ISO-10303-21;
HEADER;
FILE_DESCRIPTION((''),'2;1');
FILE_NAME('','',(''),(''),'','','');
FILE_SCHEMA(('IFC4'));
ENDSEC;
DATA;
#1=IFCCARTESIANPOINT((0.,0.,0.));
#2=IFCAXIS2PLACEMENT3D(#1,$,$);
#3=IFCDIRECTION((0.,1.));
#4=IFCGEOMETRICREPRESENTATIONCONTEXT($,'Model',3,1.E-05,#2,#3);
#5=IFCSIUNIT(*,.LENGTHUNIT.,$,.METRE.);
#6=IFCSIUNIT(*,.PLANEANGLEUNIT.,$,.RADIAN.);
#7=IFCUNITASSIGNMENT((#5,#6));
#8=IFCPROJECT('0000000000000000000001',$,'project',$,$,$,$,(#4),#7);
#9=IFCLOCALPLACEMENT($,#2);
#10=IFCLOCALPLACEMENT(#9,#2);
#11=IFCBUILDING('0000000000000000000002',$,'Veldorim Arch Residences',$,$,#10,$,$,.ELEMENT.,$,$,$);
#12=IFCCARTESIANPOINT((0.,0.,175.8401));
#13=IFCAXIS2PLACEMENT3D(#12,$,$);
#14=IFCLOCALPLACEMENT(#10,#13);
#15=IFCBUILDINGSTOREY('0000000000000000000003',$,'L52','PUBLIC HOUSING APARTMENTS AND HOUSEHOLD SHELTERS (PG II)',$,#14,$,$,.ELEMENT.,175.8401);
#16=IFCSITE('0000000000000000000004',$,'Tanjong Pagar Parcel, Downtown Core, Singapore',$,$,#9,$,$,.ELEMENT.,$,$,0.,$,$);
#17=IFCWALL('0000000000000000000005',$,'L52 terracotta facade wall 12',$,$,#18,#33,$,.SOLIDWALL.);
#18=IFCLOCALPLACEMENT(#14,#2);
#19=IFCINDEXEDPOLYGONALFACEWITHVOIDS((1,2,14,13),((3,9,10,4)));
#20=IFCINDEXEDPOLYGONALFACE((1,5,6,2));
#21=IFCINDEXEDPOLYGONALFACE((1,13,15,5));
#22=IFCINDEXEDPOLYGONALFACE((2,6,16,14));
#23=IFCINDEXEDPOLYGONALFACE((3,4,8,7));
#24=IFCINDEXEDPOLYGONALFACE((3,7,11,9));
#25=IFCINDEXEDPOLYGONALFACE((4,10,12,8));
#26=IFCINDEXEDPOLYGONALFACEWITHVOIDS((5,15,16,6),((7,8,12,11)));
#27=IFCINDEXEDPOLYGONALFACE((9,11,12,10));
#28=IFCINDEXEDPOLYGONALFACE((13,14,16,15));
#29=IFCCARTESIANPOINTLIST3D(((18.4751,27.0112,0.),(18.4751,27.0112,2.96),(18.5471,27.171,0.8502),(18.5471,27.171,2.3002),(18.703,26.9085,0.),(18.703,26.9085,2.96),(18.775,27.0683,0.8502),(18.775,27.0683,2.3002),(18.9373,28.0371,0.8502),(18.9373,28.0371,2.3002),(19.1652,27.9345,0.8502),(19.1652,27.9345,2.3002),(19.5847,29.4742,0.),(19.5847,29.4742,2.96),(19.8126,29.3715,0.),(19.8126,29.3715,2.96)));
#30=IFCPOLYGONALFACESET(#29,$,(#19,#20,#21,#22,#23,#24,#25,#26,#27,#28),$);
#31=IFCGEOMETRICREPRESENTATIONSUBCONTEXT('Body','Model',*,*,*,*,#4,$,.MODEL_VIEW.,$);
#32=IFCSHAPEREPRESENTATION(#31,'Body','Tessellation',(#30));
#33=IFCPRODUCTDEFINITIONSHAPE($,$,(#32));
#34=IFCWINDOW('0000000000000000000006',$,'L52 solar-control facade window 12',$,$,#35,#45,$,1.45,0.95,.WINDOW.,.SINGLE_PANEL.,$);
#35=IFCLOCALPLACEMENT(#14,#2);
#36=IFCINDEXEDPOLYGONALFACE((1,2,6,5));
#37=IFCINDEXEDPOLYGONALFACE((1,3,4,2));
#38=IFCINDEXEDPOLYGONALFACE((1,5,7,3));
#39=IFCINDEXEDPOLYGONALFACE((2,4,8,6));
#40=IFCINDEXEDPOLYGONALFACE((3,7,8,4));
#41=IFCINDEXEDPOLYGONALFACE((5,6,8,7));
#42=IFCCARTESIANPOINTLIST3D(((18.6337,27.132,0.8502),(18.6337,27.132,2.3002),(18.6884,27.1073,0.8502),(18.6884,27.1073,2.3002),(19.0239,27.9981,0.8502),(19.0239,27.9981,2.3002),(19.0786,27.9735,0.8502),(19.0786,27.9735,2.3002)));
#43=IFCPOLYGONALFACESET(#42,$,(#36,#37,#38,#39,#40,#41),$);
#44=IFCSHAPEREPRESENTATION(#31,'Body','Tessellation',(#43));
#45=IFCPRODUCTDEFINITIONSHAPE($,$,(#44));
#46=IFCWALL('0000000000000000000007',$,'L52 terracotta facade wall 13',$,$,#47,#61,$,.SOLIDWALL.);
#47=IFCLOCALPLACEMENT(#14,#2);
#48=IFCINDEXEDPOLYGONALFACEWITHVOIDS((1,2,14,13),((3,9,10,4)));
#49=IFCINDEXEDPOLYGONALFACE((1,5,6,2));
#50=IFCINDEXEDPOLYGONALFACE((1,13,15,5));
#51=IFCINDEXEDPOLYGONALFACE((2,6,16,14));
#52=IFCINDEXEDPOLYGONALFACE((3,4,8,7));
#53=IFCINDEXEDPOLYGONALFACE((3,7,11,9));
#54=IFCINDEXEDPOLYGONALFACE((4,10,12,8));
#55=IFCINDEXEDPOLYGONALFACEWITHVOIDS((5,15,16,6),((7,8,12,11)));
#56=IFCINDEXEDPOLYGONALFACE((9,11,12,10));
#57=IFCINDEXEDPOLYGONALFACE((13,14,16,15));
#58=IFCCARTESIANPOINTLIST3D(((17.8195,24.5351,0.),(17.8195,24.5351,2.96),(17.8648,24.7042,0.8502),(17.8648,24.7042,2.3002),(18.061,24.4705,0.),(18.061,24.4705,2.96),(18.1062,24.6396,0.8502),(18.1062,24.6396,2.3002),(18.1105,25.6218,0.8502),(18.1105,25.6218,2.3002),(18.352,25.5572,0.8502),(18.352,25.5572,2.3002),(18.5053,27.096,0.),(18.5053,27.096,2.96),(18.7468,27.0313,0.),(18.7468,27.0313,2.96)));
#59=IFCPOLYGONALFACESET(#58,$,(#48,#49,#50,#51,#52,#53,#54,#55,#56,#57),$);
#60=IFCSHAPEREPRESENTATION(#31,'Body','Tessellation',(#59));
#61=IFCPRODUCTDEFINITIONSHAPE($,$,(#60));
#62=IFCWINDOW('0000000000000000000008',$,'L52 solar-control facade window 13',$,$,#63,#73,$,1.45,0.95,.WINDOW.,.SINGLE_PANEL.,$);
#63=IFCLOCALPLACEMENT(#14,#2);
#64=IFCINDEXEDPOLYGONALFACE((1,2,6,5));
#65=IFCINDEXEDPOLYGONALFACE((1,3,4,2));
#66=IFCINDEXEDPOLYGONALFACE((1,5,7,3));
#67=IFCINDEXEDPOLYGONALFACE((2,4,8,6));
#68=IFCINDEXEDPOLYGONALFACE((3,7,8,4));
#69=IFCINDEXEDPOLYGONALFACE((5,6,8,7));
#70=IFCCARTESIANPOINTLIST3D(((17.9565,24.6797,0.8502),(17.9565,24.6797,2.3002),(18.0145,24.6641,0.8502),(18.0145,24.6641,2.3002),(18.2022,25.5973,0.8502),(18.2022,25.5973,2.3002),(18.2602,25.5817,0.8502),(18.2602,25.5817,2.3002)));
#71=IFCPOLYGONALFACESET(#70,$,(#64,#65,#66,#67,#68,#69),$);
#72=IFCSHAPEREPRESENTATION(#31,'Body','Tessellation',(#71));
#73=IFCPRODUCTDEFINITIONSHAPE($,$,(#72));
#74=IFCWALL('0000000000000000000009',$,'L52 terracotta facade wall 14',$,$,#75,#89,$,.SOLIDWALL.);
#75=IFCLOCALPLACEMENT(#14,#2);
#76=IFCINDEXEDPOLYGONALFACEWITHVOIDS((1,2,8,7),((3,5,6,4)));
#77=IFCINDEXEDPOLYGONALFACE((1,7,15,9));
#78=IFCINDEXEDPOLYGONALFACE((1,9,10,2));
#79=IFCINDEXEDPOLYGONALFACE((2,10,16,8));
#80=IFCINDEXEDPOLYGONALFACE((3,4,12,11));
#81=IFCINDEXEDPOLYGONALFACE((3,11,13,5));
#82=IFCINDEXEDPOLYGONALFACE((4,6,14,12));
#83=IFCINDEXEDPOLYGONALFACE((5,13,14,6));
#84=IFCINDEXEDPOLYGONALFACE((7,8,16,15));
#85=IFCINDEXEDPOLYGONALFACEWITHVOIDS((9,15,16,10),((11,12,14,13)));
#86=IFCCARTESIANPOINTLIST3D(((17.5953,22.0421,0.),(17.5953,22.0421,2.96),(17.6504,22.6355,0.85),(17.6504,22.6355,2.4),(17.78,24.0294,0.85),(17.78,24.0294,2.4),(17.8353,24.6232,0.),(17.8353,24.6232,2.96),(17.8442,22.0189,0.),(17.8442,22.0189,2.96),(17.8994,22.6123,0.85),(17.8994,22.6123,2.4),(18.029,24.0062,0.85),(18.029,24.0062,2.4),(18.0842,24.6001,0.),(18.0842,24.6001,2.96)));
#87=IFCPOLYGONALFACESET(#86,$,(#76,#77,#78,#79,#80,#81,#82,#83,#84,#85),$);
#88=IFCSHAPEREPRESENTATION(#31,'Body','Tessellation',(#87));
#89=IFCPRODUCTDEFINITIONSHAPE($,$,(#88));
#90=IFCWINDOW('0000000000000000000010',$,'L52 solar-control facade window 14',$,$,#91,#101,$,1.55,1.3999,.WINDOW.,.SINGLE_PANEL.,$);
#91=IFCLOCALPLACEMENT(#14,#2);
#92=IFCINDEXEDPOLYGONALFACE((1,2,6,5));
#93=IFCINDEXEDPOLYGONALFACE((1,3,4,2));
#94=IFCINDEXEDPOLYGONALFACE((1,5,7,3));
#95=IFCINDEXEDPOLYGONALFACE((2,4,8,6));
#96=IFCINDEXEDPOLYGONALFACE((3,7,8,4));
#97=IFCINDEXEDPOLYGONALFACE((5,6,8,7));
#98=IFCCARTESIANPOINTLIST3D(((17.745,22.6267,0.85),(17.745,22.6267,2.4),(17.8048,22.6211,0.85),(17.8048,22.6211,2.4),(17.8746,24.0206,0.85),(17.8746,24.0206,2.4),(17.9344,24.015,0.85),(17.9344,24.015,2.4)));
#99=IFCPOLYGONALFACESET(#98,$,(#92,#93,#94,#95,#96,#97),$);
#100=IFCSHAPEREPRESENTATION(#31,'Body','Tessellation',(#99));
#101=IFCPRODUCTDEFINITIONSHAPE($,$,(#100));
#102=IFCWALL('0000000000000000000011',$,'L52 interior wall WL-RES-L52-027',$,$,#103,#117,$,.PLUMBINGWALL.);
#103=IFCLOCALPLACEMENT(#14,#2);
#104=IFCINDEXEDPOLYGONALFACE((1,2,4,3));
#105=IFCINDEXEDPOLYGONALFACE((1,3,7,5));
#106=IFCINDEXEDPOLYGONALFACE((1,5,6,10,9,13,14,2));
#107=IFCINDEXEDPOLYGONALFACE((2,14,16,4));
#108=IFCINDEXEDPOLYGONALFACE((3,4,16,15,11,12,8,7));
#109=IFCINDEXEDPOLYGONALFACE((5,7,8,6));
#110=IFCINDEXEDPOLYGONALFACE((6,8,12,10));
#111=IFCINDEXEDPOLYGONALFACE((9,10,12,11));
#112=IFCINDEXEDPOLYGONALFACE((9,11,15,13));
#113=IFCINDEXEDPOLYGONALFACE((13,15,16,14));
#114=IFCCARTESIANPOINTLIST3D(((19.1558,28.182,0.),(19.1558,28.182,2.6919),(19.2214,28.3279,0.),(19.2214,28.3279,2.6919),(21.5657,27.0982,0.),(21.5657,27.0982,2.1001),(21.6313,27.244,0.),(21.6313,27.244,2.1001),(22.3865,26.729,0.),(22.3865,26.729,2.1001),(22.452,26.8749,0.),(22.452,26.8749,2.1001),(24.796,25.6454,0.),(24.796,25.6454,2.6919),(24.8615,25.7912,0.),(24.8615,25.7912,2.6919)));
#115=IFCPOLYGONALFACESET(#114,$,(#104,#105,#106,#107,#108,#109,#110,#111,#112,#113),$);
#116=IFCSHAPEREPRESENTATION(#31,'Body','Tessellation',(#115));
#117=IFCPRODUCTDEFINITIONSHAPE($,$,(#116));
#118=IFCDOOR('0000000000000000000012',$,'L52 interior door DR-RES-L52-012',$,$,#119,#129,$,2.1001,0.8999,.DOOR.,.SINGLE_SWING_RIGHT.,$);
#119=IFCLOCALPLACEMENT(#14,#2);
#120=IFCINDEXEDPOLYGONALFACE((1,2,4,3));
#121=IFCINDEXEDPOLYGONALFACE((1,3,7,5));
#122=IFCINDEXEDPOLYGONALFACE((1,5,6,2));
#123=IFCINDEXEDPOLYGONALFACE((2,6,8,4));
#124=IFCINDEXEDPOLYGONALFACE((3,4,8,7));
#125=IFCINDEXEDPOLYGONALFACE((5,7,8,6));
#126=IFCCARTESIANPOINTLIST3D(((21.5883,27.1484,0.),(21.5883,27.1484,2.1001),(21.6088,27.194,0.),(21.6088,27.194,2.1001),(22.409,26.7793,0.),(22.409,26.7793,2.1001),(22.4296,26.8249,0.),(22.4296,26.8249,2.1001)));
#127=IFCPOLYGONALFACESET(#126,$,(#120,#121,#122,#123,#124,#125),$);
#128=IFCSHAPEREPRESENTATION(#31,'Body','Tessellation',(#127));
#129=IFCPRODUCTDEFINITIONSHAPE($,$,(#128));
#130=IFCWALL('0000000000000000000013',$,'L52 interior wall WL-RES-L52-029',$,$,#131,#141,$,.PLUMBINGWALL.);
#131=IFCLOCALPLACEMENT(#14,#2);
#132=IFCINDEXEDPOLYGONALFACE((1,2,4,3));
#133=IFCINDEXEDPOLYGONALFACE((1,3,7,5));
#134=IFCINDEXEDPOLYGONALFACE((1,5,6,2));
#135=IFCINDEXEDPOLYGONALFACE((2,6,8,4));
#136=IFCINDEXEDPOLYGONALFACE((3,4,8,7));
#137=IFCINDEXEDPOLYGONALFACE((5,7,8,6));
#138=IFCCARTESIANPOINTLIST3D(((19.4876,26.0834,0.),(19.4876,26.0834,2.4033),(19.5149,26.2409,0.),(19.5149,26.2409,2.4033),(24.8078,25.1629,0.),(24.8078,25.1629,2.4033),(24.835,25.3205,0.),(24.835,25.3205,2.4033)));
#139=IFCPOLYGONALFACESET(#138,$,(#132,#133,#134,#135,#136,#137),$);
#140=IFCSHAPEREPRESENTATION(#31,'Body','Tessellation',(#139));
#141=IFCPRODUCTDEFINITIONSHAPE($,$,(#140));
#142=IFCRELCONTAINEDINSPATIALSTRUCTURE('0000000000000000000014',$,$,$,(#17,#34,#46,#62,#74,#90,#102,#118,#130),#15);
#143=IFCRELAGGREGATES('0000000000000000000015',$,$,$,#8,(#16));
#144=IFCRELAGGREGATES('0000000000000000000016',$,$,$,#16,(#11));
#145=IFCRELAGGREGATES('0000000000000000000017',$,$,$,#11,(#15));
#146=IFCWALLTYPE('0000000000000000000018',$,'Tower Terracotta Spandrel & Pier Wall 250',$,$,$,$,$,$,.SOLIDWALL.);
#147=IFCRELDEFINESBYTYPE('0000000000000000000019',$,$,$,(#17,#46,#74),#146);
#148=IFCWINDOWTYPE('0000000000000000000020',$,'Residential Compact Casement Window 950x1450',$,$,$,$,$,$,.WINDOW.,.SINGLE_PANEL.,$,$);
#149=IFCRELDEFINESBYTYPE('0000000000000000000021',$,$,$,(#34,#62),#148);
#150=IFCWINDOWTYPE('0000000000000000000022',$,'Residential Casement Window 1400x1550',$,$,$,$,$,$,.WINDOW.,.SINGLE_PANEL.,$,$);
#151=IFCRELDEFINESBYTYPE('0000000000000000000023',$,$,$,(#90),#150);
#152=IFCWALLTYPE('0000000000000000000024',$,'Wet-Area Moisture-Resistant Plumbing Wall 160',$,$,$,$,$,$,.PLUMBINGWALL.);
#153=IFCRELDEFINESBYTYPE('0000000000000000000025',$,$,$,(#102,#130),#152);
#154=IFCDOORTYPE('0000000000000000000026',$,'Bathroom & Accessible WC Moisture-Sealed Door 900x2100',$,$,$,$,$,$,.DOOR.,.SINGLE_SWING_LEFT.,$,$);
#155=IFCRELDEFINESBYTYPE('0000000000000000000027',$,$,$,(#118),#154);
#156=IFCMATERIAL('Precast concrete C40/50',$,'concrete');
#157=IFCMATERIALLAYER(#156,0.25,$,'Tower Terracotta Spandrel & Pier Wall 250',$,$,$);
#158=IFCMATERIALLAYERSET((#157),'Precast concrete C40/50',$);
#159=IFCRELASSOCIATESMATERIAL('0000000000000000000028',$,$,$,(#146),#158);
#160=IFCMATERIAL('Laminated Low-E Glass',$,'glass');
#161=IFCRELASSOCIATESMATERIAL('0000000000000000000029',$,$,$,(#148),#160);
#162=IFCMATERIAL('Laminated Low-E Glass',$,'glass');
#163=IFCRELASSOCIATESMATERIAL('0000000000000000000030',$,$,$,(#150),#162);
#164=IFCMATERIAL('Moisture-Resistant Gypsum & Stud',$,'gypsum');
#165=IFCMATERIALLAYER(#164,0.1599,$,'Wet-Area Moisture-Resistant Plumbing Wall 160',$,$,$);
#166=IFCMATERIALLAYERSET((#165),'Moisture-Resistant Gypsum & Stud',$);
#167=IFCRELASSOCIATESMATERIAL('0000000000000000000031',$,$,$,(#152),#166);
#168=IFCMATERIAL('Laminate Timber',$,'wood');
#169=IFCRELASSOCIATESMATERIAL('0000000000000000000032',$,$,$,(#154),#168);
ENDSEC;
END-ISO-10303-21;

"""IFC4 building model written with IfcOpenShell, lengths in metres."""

from ifc_helpers import new_model, si_unit, direction, frame, frame_2d, origin, place, context, subcontext, project, spatial, rectangle, extrude, material, layer, layer_set, type_object, element, fill, save


model = new_model("IFC4")

# Units and contexts
model_context = context("Model", 3, precision=1e-05, world=origin(), true_north=direction((0.0, 1.0)))
body_context = subcontext(model_context, "Body", "Model", "MODEL_VIEW")
ifc_project = project(units=[si_unit("LENGTHUNIT", "METRE"), si_unit("PLANEANGLEUNIT", "RADIAN")], contexts=[model_context])

# Site, building, storey
site_placement = place(None, origin())
site = spatial("IfcSite", under=ifc_project, at=site_placement, Name="Tanjong Pagar Parcel, Downtown Core, Singapore", CompositionType="ELEMENT", RefElevation=0.0)
building_placement = place(site_placement, origin())
building = spatial("IfcBuilding", under=site, at=building_placement, Name="Veldorim Arch Residences", CompositionType="ELEMENT")
storey_placement = place(building_placement, frame((0.0, 0.0, 175.8401)))
storey = spatial("IfcBuildingStorey", under=building, at=storey_placement, Name="L52", Description="PUBLIC HOUSING APARTMENTS AND HOUSEHOLD SHELTERS (PG II)", CompositionType="ELEMENT", Elevation=175.8401)

# Shared definitions
ifc_material_1 = material(Name="Precast concrete C40/50", Category="concrete")
ifc_layer_1 = layer(ifc_material_1, 0.25, Name="Tower Terracotta Spandrel & Pier Wall 250")
ifc_layer_set_1 = layer_set([ifc_layer_1], Name="Precast concrete C40/50")
wall_type_1 = type_object("IfcWallType", Name="Tower Terracotta Spandrel & Pier Wall 250", PredefinedType="SOLIDWALL", material=ifc_layer_set_1)

# Walls, openings, windows
wall_1_placement = place(storey_placement, frame((18.5891, 26.96, 0.0), z_axis=(0.0, 0.0, 1.0), x_axis=(0.410737, 0.911754, 0.0)))
wall_1 = element("IfcWall", 1, at=wall_1_placement, inside=storey, type_object=wall_type_1, Name="L52 terracotta facade wall 12", PredefinedType="SOLIDWALL", context=body_context, shape_type="SweptSolid", body=[
    extrude(rectangle(XDim=2.7014, YDim=0.25, at=frame_2d((1.3506, 0.0))), origin(), (0.0, 0.0, 1.0), 2.96),
])
opening_1_placement = place(wall_1_placement, frame((0.175, 0.0, 0.8501)))
opening_1 = element("IfcOpeningElement", 2, at=opening_1_placement, cuts=wall_1, PredefinedType="OPENING", context=body_context, shape_type="SweptSolid", body=[
    extrude(rectangle(XDim=0.95, YDim=1.45, at=frame_2d((0.4751, 0.7251))), frame((0.0, 0.135, 0.0), z_axis=(0.0, -1.0, 0.0), x_axis=(1.0, 0.0, 0.0)), (0.0, 0.0, 1.0), 0.27),
])
ifc_material_2 = material(Name="Laminated Low-E Glass", Category="glass")
window_type_1 = type_object("IfcWindowType", Name="Residential Compact Casement Window 950x1450", PartitioningType="SINGLE_PANEL", PredefinedType="WINDOW", material=ifc_material_2)
window_1_placement = place(opening_1_placement, origin())
window_1 = element("IfcWindow", 3, at=window_1_placement, inside=storey, type_object=window_type_1, Name="L52 solar-control facade window 12", OverallHeight=1.45, OverallWidth=0.95, PartitioningType="SINGLE_PANEL", PredefinedType="WINDOW", context=body_context, shape_type="SweptSolid", body=[
    extrude(rectangle(XDim=0.95, YDim=1.45, at=frame_2d((0.4751, 0.7251))), frame((0.0, 0.03, 0.0), z_axis=(0.0, -1.0, 0.0), x_axis=(1.0, 0.0, 0.0)), (0.0, 0.0, 1.0), 0.0601),
])
fill(opening_1, window_1)
wall_2_placement = place(storey_placement, frame((17.9402, 24.5027, 0.0), z_axis=(0.0, 0.0, 1.0), x_axis=(0.258689, 0.965961, 0.0)))
wall_2 = element("IfcWall", 4, at=wall_2_placement, inside=storey, type_object=wall_type_1, Name="L52 terracotta facade wall 13", PredefinedType="SOLIDWALL", context=body_context, shape_type="SweptSolid", body=[
    extrude(rectangle(XDim=2.6511, YDim=0.25, at=frame_2d((1.3257, 0.0))), origin(), (0.0, 0.0, 1.0), 2.96),
])
opening_2_placement = place(wall_2_placement, frame((0.175, 0.0, 0.8501)))
opening_2 = element("IfcOpeningElement", 5, at=opening_2_placement, cuts=wall_2, PredefinedType="OPENING", context=body_context, shape_type="SweptSolid", body=[
    extrude(rectangle(XDim=0.95, YDim=1.45, at=frame_2d((0.4751, 0.7251))), frame((0.0, 0.135, 0.0), z_axis=(0.0, -1.0, 0.0), x_axis=(1.0, 0.0, 0.0)), (0.0, 0.0, 1.0), 0.27),
])
window_2_placement = place(opening_2_placement, origin())
window_2 = element("IfcWindow", 6, at=window_2_placement, inside=storey, type_object=window_type_1, Name="L52 solar-control facade window 13", OverallHeight=1.45, OverallWidth=0.95, PartitioningType="SINGLE_PANEL", PredefinedType="WINDOW", context=body_context, shape_type="SweptSolid", body=[
    extrude(rectangle(XDim=0.95, YDim=1.45, at=frame_2d((0.4751, 0.7251))), frame((0.0, 0.03, 0.0), z_axis=(0.0, -1.0, 0.0), x_axis=(1.0, 0.0, 0.0)), (0.0, 0.0, 1.0), 0.0601),
])
fill(opening_2, window_2)
wall_3_placement = place(storey_placement, frame((17.7197, 22.0305, 0.0), z_axis=(0.0, 0.0, 1.0), x_axis=(0.092582, 0.995705, 0.0)))
wall_3 = element("IfcWall", 7, at=wall_3_placement, inside=storey, type_object=wall_type_1, Name="L52 terracotta facade wall 14", PredefinedType="SOLIDWALL", context=body_context, shape_type="SweptSolid", body=[
    extrude(rectangle(XDim=2.5923, YDim=0.25, at=frame_2d((1.2961, 0.0))), origin(), (0.0, 0.0, 1.0), 2.96),
])
opening_3_placement = place(wall_3_placement, frame((0.5959, 0.0, 0.8501)))
opening_3 = element("IfcOpeningElement", 8, at=opening_3_placement, cuts=wall_3, PredefinedType="OPENING", context=body_context, shape_type="SweptSolid", body=[
    extrude(rectangle(XDim=1.3999, YDim=1.55, at=frame_2d((0.7, 0.7749))), frame((0.0, 0.135, 0.0), z_axis=(0.0, -1.0, 0.0), x_axis=(1.0, 0.0, 0.0)), (0.0, 0.0, 1.0), 0.27),
])
ifc_material_3 = material(Name="Laminated Low-E Glass", Category="glass")
window_type_2 = type_object("IfcWindowType", Name="Residential Casement Window 1400x1550", PartitioningType="SINGLE_PANEL", PredefinedType="WINDOW", material=ifc_material_3)
window_3_placement = place(opening_3_placement, origin())
window_3 = element("IfcWindow", 9, at=window_3_placement, inside=storey, type_object=window_type_2, Name="L52 solar-control facade window 14", OverallHeight=1.55, OverallWidth=1.3999, PartitioningType="SINGLE_PANEL", PredefinedType="WINDOW", context=body_context, shape_type="SweptSolid", body=[
    extrude(rectangle(XDim=1.3999, YDim=1.55, at=frame_2d((0.7, 0.7749))), frame((0.0, 0.03, 0.0), z_axis=(0.0, -1.0, 0.0), x_axis=(1.0, 0.0, 0.0)), (0.0, 0.0, 1.0), 0.0601),
])
fill(opening_3, window_3)

# Wall, opening, door
ifc_material_4 = material(Name="Moisture-Resistant Gypsum & Stud", Category="gypsum")
ifc_layer_2 = layer(ifc_material_4, 0.1599, Name="Wet-Area Moisture-Resistant Plumbing Wall 160")
ifc_layer_set_2 = layer_set([ifc_layer_2], Name="Moisture-Resistant Gypsum & Stud")
wall_type_2 = type_object("IfcWallType", Name="Wet-Area Moisture-Resistant Plumbing Wall 160", PredefinedType="PLUMBINGWALL", material=ifc_layer_set_2)
wall_4_placement = place(storey_placement, frame((24.8289, 25.7183, 0.0), z_axis=(0.0, 0.0, 1.0), x_axis=(-0.912009, 0.410171, 0.0)))
wall_4 = element("IfcWall", 10, at=wall_4_placement, inside=storey, type_object=wall_type_2, Name="L52 interior wall WL-RES-L52-027", PredefinedType="PLUMBINGWALL", context=body_context, shape_type="SweptSolid", body=[
    extrude(rectangle(XDim=6.1843, YDim=0.1599, at=frame_2d((3.0923, 0.0))), origin(), (0.0, 0.0, 1.0), 2.6919),
])
opening_4_placement = place(wall_4_placement, frame((2.6421, 0.0, 0.0)))
opening_4 = element("IfcOpeningElement", 11, at=opening_4_placement, cuts=wall_4, PredefinedType="OPENING", context=body_context, shape_type="SweptSolid", body=[
    extrude(rectangle(XDim=0.8999, YDim=2.1001, at=frame_2d((0.45, 1.05))), frame((0.0, 0.0898, 0.0), z_axis=(0.0, -1.0, 0.0), x_axis=(1.0, 0.0, 0.0)), (0.0, 0.0, 1.0), 0.1799),
])
ifc_material_5 = material(Name="Laminate Timber", Category="wood")
door_type = type_object("IfcDoorType", Name="Bathroom & Accessible WC Moisture-Sealed Door 900x2100", OperationType="SINGLE_SWING_LEFT", PredefinedType="DOOR", material=ifc_material_5)
door_placement = place(opening_4_placement, origin())
door = element("IfcDoor", 12, at=door_placement, inside=storey, type_object=door_type, Name="L52 interior door DR-RES-L52-012", OperationType="SINGLE_SWING_RIGHT", OverallHeight=2.1001, OverallWidth=0.8999, PredefinedType="DOOR", context=body_context, shape_type="SweptSolid", body=[
    extrude(rectangle(XDim=0.8999, YDim=2.1001, at=frame_2d((0.45, 1.05))), frame((0.0, 0.0249, 0.0), z_axis=(0.0, -1.0, 0.0), x_axis=(1.0, 0.0, 0.0)), (0.0, 0.0, 1.0), 0.05),
])
fill(opening_4, door)

# Wall
wall_5_placement = place(storey_placement, frame((24.8215, 25.2417, 0.0), z_axis=(0.0, 0.0, 1.0), x_axis=(-0.985362, 0.170475, 0.0)))
element("IfcWall", 13, at=wall_5_placement, inside=storey, type_object=wall_type_2, Name="L52 interior wall WL-RES-L52-029", PredefinedType="PLUMBINGWALL", context=body_context, shape_type="SweptSolid", body=[
    extrude(rectangle(XDim=5.3992, YDim=0.1599, at=frame_2d((2.6997, 0.0))), origin(), (0.0, 0.0, 1.0), 2.4033),
])

save(model, "model.ifc")
